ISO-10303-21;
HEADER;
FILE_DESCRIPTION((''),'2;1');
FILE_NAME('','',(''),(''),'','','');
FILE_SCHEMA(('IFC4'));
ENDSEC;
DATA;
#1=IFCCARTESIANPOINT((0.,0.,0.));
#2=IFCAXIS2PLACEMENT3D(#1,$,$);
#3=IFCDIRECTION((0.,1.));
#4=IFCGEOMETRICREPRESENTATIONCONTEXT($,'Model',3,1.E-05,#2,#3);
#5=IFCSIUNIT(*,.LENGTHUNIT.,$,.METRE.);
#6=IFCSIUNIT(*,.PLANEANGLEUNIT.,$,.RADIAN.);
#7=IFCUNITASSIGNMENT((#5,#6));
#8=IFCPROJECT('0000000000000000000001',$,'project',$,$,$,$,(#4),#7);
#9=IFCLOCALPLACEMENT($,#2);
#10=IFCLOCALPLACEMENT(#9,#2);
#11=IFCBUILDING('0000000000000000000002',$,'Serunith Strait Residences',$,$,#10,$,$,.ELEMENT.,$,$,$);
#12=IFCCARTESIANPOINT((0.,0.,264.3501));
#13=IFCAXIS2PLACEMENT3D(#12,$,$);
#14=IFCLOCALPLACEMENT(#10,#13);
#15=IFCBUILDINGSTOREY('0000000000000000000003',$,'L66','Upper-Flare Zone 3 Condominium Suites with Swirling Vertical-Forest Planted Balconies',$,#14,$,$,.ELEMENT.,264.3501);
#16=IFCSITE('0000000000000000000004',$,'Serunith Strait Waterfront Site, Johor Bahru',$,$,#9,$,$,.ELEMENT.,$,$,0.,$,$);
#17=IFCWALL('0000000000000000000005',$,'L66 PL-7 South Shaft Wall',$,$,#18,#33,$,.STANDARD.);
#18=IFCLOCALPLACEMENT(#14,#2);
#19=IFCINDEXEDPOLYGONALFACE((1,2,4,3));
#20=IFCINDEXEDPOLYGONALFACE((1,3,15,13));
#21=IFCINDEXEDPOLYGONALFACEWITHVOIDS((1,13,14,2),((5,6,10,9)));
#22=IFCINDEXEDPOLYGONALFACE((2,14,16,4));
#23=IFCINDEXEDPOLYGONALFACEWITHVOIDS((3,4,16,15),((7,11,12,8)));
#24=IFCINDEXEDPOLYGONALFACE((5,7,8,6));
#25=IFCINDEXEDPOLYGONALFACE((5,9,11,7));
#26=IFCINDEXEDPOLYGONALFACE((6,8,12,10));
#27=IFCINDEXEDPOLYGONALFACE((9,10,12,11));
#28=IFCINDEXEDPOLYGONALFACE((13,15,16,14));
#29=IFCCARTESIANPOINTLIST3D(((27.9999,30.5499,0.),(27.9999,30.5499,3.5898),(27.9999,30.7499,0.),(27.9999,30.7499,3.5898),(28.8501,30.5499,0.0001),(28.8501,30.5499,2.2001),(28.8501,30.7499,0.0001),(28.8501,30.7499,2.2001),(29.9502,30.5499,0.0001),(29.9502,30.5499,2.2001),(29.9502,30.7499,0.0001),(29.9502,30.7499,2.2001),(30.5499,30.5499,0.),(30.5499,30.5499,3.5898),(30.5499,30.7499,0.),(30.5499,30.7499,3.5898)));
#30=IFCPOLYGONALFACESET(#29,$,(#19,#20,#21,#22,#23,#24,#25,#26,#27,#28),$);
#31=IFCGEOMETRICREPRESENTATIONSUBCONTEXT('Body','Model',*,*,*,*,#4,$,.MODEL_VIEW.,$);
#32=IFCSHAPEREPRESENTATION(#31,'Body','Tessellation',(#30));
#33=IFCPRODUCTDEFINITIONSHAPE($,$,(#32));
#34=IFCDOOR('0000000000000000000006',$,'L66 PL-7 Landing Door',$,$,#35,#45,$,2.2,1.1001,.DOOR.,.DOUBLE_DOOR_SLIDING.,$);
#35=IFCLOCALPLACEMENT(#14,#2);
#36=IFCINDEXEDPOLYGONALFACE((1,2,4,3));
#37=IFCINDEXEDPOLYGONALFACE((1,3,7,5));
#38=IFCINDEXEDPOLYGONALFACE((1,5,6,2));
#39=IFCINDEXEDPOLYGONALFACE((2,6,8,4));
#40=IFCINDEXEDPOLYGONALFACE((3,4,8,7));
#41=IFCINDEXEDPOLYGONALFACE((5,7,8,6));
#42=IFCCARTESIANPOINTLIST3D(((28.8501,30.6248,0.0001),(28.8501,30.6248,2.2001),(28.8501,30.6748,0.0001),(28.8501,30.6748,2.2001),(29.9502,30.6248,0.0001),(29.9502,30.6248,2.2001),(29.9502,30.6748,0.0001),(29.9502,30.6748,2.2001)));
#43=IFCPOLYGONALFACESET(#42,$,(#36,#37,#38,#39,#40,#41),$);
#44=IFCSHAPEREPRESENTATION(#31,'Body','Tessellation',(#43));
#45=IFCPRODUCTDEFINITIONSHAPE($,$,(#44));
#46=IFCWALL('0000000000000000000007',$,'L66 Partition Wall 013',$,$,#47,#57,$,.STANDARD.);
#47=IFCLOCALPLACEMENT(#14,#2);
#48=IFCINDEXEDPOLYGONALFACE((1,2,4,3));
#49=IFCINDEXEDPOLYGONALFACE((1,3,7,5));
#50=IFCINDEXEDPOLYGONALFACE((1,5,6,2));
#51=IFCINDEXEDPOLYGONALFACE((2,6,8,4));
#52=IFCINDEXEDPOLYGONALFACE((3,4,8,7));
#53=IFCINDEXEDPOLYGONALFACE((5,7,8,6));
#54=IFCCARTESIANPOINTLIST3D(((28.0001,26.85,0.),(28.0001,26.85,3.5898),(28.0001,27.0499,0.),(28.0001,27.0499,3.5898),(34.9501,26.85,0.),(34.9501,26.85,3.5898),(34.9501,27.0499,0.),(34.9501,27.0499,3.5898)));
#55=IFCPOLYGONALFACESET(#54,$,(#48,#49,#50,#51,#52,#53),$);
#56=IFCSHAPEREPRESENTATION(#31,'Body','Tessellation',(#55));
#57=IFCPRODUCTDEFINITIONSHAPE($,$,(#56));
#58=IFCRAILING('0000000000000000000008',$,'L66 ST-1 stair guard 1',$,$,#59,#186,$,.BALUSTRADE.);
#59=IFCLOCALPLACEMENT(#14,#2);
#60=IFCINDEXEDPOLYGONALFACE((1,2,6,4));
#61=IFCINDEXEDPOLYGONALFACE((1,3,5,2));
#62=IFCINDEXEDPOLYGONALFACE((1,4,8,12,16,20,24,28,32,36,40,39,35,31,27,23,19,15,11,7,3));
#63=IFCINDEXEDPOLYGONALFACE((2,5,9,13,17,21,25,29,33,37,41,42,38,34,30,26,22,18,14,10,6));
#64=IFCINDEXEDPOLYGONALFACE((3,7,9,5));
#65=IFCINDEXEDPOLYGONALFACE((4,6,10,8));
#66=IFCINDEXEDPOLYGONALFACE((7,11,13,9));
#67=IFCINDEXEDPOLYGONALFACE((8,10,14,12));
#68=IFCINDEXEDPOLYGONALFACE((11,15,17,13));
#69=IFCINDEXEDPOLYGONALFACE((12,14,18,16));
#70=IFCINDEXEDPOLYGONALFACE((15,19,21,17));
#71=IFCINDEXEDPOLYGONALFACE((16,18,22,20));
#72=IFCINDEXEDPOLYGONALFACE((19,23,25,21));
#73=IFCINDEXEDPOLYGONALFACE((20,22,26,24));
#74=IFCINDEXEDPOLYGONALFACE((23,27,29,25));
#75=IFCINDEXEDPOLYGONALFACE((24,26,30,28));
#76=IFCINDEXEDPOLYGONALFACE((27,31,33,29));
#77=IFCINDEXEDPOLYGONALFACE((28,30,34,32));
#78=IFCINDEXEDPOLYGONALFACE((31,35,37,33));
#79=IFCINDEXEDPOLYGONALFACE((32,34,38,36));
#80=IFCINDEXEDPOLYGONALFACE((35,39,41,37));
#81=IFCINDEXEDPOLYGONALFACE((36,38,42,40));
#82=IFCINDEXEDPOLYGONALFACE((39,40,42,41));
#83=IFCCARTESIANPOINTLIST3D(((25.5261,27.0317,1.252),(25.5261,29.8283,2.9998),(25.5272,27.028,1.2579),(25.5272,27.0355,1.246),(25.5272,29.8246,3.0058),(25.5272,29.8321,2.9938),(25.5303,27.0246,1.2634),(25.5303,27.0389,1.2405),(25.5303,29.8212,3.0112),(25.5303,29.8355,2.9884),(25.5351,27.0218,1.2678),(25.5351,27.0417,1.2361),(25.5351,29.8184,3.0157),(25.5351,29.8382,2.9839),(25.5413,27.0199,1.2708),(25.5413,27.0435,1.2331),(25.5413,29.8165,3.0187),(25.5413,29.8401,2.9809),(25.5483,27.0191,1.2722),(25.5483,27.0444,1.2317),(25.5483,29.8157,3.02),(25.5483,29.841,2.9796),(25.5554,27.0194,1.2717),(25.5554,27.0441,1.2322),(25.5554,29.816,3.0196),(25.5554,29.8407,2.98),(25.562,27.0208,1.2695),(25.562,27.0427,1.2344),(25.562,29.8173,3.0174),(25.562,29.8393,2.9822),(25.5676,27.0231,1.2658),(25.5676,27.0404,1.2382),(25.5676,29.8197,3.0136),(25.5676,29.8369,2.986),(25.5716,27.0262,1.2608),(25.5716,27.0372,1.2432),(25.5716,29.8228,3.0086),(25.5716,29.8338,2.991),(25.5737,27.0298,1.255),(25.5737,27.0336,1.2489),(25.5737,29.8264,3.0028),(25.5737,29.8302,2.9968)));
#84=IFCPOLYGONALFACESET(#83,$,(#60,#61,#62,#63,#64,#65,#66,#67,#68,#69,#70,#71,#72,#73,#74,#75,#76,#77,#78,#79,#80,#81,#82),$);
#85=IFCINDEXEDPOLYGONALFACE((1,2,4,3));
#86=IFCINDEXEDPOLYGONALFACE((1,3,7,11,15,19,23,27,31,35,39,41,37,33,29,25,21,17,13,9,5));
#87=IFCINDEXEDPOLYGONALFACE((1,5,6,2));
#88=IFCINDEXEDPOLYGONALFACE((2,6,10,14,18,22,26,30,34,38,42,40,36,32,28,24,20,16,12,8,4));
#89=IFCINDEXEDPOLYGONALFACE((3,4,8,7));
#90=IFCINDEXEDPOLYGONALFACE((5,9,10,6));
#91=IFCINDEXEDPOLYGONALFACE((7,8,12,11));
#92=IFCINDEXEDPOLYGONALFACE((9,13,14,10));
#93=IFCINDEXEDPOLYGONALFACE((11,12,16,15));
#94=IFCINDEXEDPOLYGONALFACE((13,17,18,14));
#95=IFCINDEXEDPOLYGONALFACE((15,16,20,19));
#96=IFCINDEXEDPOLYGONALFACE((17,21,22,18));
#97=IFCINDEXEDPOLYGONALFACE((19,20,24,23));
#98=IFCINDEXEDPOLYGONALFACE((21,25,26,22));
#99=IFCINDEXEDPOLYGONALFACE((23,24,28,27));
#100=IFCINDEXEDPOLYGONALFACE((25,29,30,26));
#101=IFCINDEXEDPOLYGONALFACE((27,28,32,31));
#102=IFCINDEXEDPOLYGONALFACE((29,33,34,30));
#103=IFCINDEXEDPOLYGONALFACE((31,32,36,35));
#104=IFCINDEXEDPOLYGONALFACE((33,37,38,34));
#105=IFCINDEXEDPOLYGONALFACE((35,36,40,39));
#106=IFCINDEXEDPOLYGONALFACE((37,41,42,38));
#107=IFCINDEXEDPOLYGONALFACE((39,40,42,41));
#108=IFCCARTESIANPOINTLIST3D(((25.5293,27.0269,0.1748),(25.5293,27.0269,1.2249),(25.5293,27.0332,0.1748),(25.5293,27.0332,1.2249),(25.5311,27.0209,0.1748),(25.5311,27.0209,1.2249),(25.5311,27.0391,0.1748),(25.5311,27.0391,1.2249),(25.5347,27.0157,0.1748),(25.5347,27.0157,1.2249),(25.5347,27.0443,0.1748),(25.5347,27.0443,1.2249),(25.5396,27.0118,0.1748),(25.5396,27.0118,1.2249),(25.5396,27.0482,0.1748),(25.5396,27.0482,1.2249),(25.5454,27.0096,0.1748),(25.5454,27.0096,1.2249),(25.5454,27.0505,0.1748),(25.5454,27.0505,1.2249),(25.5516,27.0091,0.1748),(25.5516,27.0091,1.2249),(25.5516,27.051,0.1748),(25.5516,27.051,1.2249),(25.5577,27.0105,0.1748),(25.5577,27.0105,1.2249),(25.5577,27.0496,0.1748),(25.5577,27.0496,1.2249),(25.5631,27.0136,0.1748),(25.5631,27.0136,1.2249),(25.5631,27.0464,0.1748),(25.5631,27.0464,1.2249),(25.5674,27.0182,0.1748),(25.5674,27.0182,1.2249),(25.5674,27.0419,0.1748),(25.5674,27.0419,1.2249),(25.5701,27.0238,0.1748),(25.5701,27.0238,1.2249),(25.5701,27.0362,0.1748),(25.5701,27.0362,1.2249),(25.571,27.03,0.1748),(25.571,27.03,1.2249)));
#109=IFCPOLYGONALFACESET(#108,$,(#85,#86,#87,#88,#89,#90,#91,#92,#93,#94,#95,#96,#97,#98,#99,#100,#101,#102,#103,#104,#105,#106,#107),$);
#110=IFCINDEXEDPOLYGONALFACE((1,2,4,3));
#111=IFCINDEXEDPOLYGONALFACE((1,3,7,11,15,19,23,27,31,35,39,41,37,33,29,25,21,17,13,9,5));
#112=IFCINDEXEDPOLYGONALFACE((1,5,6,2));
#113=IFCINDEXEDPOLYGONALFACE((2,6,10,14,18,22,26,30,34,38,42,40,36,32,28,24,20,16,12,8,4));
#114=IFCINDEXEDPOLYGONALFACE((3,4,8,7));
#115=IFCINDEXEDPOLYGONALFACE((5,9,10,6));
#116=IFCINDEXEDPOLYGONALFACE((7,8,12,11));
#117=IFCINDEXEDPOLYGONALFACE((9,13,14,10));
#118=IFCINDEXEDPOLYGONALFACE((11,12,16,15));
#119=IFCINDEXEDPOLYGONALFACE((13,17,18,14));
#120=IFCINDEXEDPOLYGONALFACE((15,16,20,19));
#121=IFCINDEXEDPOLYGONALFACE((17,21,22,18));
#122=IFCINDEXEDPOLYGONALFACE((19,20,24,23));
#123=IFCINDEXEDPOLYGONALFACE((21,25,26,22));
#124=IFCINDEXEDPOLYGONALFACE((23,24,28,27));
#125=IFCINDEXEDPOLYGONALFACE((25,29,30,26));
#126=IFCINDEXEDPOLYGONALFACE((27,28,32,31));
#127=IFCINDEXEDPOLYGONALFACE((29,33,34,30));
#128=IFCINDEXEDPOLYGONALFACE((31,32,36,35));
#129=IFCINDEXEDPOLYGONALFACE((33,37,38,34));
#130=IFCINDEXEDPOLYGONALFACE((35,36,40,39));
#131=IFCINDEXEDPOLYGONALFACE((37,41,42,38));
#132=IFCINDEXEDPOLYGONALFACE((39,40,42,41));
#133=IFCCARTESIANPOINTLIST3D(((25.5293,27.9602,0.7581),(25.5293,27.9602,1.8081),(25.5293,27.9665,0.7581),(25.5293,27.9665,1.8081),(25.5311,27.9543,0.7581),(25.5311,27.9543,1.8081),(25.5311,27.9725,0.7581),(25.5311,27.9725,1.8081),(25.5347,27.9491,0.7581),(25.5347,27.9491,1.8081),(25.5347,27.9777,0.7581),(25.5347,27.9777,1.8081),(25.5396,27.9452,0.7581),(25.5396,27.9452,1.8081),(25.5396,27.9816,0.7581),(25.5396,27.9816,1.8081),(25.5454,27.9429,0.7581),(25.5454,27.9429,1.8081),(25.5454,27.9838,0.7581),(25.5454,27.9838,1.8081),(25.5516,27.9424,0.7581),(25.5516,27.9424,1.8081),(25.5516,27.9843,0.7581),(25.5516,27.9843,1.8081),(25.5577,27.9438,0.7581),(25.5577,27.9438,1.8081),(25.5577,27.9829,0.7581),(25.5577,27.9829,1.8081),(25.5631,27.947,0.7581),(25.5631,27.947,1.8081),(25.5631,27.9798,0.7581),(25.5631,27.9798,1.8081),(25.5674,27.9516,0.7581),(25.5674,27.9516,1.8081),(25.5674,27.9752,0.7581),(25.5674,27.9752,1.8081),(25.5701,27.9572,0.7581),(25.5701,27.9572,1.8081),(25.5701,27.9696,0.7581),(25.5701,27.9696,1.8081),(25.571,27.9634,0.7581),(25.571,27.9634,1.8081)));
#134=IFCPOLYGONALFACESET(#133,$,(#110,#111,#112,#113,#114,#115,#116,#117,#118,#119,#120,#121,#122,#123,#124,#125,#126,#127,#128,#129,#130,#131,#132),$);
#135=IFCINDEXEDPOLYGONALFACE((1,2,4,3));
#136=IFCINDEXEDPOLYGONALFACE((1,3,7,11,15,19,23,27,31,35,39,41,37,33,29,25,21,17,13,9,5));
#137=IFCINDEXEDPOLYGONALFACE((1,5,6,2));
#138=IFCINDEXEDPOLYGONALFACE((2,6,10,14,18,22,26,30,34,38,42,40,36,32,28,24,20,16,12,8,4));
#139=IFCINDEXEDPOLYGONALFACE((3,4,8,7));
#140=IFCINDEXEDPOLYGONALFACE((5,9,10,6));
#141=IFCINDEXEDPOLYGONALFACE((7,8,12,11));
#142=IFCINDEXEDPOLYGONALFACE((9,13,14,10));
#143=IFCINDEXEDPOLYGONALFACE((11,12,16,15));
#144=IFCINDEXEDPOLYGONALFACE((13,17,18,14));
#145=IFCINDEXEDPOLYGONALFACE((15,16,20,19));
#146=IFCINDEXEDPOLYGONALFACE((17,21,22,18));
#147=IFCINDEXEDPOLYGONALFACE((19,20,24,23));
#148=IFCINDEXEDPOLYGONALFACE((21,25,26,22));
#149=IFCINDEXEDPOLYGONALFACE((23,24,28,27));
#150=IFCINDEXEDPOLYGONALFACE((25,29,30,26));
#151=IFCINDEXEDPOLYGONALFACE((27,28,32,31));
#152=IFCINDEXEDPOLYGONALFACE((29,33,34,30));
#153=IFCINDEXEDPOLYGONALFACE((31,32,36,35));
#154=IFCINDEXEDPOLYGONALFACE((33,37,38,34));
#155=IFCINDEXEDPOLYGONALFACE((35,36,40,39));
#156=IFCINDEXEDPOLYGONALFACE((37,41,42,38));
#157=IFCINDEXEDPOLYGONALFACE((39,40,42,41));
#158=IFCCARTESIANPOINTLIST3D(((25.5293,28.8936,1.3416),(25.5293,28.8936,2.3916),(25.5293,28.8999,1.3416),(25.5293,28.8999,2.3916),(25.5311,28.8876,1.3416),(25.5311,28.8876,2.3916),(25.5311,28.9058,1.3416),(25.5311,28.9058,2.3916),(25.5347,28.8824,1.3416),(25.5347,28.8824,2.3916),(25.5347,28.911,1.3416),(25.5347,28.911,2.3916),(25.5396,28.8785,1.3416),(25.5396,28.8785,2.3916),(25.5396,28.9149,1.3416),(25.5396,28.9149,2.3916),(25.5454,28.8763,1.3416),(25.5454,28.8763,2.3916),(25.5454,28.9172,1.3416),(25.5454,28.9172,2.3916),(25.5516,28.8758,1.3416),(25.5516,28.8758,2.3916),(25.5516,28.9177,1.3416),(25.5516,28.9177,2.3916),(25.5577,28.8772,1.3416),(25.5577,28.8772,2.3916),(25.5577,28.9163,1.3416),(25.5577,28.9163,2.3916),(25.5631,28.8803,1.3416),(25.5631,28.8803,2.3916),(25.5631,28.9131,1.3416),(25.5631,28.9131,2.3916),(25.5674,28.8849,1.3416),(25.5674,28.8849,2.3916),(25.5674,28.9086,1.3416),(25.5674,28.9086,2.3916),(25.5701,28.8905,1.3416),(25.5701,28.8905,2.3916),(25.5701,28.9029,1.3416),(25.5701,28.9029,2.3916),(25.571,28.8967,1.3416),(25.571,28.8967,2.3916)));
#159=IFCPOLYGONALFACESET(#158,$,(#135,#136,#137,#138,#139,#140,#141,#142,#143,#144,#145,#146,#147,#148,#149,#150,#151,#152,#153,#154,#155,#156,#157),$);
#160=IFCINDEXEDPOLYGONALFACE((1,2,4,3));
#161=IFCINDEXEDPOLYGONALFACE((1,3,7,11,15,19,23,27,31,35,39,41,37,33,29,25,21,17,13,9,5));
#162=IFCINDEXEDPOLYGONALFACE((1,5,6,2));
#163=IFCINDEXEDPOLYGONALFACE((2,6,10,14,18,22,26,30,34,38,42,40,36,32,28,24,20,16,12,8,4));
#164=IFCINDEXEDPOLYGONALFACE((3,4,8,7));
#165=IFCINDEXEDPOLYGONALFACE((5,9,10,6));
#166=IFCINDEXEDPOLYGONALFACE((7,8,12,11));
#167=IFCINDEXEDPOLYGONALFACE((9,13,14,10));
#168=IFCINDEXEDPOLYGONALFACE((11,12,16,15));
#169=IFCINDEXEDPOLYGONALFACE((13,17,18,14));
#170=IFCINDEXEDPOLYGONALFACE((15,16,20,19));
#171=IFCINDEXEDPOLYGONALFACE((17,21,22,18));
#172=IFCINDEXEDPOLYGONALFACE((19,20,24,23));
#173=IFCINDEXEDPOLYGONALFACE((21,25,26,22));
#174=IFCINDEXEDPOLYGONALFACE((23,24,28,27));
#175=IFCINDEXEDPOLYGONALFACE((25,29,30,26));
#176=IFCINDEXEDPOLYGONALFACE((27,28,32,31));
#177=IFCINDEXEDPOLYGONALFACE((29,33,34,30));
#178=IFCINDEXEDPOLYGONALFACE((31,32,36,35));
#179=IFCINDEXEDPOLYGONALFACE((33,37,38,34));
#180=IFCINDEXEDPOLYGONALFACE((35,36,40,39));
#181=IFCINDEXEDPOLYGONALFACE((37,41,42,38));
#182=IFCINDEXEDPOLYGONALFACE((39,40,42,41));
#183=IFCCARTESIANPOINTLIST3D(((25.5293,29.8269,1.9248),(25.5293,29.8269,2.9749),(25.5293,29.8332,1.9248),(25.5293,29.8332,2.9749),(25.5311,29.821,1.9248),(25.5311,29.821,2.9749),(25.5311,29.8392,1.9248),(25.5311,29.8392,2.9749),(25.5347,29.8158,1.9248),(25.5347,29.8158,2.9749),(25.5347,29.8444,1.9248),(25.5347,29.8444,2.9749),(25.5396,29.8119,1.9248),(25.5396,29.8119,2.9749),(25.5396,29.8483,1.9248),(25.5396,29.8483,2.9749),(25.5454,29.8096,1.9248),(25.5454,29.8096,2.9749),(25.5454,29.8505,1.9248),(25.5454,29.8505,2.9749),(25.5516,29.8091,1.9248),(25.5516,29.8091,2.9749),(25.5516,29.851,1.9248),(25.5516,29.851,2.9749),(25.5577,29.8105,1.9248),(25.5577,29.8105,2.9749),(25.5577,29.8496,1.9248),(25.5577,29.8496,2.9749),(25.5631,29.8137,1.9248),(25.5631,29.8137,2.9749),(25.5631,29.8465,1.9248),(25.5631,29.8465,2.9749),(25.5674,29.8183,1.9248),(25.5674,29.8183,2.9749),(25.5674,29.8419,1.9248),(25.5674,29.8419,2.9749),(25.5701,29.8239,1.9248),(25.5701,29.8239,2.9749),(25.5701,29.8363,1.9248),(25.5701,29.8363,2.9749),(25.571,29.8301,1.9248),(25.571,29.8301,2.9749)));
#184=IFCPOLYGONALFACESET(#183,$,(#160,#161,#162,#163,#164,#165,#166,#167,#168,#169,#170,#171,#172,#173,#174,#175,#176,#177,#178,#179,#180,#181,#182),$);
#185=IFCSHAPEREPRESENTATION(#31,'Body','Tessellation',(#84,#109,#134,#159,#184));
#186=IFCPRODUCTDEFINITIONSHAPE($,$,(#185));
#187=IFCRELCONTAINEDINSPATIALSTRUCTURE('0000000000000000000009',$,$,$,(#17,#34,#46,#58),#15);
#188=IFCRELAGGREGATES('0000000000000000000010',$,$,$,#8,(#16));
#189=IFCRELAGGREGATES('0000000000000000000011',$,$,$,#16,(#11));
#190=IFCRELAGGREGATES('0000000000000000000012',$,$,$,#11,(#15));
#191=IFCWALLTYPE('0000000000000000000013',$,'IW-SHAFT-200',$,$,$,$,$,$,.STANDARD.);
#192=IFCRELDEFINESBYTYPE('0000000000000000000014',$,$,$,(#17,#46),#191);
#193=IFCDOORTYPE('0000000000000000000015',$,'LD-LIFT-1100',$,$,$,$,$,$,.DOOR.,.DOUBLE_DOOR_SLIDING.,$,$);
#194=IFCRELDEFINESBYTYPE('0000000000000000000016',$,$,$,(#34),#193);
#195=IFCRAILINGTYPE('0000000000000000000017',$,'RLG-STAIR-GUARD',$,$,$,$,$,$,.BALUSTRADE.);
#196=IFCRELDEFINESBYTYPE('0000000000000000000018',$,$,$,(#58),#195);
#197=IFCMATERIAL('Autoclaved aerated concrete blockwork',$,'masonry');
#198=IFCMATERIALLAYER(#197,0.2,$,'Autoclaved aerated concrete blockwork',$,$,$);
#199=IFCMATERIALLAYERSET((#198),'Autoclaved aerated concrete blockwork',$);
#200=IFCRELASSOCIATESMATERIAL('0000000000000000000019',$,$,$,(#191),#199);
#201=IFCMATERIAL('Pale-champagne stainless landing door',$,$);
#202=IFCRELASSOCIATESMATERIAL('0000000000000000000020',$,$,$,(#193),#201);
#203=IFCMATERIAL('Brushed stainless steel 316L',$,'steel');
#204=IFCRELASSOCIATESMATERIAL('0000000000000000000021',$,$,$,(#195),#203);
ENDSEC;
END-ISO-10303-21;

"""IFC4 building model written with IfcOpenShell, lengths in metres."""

from ifc_helpers import new_model, si_unit, direction, frame, frame_2d, origin, origin_2d, place, context, subcontext, project, spatial, rectangle, circle, extrude, source, transform, mapped, material, layer, layer_set, type_object, element, fill, save


model = new_model("IFC4")

# Units and contexts
model_context = context("Model", 3, precision=1e-05, world=origin(), true_north=direction((0.0, 1.0)))
body_context = subcontext(model_context, "Body", "Model", "MODEL_VIEW")
ifc_project = project(units=[si_unit("LENGTHUNIT", "METRE"), si_unit("PLANEANGLEUNIT", "RADIAN")], contexts=[model_context])

# Site, building, storey
site_placement = place(None, origin())
site = spatial("IfcSite", under=ifc_project, at=site_placement, Name="Serunith Strait Waterfront Site, Johor Bahru", CompositionType="ELEMENT", RefElevation=0.0)
building_placement = place(site_placement, origin())
building = spatial("IfcBuilding", under=site, at=building_placement, Name="Serunith Strait Residences", CompositionType="ELEMENT")
storey_placement = place(building_placement, frame((0.0, 0.0, 264.3501)))
storey = spatial("IfcBuildingStorey", under=building, at=storey_placement, Name="L66", Description="Upper-Flare Zone 3 Condominium Suites with Swirling Vertical-Forest Planted Balconies", CompositionType="ELEMENT", Elevation=264.3501)

# Wall, opening, door
ifc_material_1 = material(Name="Autoclaved aerated concrete blockwork", Category="masonry")
ifc_layer_1 = layer(ifc_material_1, 0.2, Name="Autoclaved aerated concrete blockwork")
ifc_layer_set_1 = layer_set([ifc_layer_1], Name="Autoclaved aerated concrete blockwork")
wall_type_1 = type_object("IfcWallType", Name="IW-SHAFT-200", PredefinedType="STANDARD", material=ifc_layer_set_1)
wall_1_placement = place(storey_placement, frame((28.0, 30.6499, 0.0), z_axis=(0.0, 0.0, 1.0), x_axis=(1.0, 0.0, 0.0)))
wall_1 = element("IfcWall", 1, at=wall_1_placement, inside=storey, type_object=wall_type_1, Name="L66 PL-7 South Shaft Wall", PredefinedType="STANDARD", context=body_context, shape_type="SweptSolid", body=[
    extrude(rectangle(XDim=2.55, YDim=0.2, at=frame_2d((1.2749, 0.0))), origin(), (0.0, 0.0, 1.0), 3.5898),
])
opening_1_placement = place(wall_1_placement, frame((0.8501, 0.0, 0.0)))
opening_1 = element("IfcOpeningElement", 2, at=opening_1_placement, cuts=wall_1, PredefinedType="OPENING", context=body_context, shape_type="SweptSolid", body=[
    extrude(rectangle(XDim=1.1001, YDim=2.2, at=frame_2d((0.55, 1.1001))), frame((0.0, 0.1099, 0.0), z_axis=(0.0, -1.0, 0.0), x_axis=(1.0, 0.0, 0.0)), (0.0, 0.0, 1.0), 0.22),
])
ifc_material_2 = material(Name="Pale-champagne stainless landing door")
door_type_1 = type_object("IfcDoorType", Name="LD-LIFT-1100", OperationType="DOUBLE_DOOR_SLIDING", PredefinedType="DOOR", material=ifc_material_2)
shared_shape_1 = source(origin(), body_context, "Body", "SweptSolid", [
    extrude(rectangle(XDim=1.1001, YDim=2.2, at=frame_2d((0.55, 1.1001))), frame((0.0, 0.0249, 0.0), z_axis=(0.0, -1.0, 0.0), x_axis=(1.0, 0.0, 0.0)), (0.0, 0.0, 1.0), 0.05),
])
door_1_placement = place(opening_1_placement, origin())
door_1 = element("IfcDoor", 3, at=door_1_placement, inside=storey, type_object=door_type_1, Name="L66 PL-7 Landing Door", OperationType="DOUBLE_DOOR_SLIDING", OverallHeight=2.2, OverallWidth=1.1001, PredefinedType="DOOR", context=body_context, shape_type="MappedRepresentation", body=[
    mapped(shared_shape_1, transform((0.0, 0.0, 0.0), scale=1.0)),
])
fill(opening_1, door_1)

# Wall
wall_2_placement = place(storey_placement, frame((28.0, 26.95, 0.0), z_axis=(0.0, 0.0, 1.0), x_axis=(1.0, 0.0, 0.0)))
element("IfcWall", 4, at=wall_2_placement, inside=storey, type_object=wall_type_1, Name="L66 Partition Wall 013", PredefinedType="STANDARD", context=body_context, shape_type="SweptSolid", body=[
    extrude(rectangle(XDim=6.95, YDim=0.2, at=frame_2d((3.4751, 0.0))), origin(), (0.0, 0.0, 1.0), 3.5898),
])

# Railing
ifc_material_3 = material(Name="Brushed stainless steel 316L", Category="steel")
railing_type_1 = type_object("IfcRailingType", Name="RLG-STAIR-GUARD", PredefinedType="BALUSTRADE", material=ifc_material_3)
railing_1_placement = place(storey_placement, frame((25.55, 27.03, 0.1748)))
element("IfcRailing", 5, at=railing_1_placement, inside=storey, type_object=railing_type_1, Name="L66 ST-1 stair guard 1", PredefinedType="BALUSTRADE", context=body_context, shape_type="SweptSolid", body=[
    extrude(circle(Radius=0.0239, at=origin_2d()), frame((0.0, 0.0017, 1.0771), z_axis=(0.0, 0.848002, 0.529992), x_axis=(-1.0, 0.0, 0.0)), (0.0, 0.0, 1.0), 3.2979),
    extrude(circle(Radius=0.021, at=origin_2d()), origin(), (0.0, 0.0, 1.0), 1.05),
    extrude(circle(Radius=0.021, at=origin_2d()), frame((0.0, 0.9333, 0.5833)), (0.0, 0.0, 1.0), 1.05),
    extrude(circle(Radius=0.021, at=origin_2d()), frame((0.0, 1.8667, 1.1667)), (0.0, 0.0, 1.0), 1.05),
    extrude(circle(Radius=0.021, at=origin_2d()), frame((0.0, 2.8, 1.75)), (0.0, 0.0, 1.0), 1.05),
])

save(model, "model.ifc")
